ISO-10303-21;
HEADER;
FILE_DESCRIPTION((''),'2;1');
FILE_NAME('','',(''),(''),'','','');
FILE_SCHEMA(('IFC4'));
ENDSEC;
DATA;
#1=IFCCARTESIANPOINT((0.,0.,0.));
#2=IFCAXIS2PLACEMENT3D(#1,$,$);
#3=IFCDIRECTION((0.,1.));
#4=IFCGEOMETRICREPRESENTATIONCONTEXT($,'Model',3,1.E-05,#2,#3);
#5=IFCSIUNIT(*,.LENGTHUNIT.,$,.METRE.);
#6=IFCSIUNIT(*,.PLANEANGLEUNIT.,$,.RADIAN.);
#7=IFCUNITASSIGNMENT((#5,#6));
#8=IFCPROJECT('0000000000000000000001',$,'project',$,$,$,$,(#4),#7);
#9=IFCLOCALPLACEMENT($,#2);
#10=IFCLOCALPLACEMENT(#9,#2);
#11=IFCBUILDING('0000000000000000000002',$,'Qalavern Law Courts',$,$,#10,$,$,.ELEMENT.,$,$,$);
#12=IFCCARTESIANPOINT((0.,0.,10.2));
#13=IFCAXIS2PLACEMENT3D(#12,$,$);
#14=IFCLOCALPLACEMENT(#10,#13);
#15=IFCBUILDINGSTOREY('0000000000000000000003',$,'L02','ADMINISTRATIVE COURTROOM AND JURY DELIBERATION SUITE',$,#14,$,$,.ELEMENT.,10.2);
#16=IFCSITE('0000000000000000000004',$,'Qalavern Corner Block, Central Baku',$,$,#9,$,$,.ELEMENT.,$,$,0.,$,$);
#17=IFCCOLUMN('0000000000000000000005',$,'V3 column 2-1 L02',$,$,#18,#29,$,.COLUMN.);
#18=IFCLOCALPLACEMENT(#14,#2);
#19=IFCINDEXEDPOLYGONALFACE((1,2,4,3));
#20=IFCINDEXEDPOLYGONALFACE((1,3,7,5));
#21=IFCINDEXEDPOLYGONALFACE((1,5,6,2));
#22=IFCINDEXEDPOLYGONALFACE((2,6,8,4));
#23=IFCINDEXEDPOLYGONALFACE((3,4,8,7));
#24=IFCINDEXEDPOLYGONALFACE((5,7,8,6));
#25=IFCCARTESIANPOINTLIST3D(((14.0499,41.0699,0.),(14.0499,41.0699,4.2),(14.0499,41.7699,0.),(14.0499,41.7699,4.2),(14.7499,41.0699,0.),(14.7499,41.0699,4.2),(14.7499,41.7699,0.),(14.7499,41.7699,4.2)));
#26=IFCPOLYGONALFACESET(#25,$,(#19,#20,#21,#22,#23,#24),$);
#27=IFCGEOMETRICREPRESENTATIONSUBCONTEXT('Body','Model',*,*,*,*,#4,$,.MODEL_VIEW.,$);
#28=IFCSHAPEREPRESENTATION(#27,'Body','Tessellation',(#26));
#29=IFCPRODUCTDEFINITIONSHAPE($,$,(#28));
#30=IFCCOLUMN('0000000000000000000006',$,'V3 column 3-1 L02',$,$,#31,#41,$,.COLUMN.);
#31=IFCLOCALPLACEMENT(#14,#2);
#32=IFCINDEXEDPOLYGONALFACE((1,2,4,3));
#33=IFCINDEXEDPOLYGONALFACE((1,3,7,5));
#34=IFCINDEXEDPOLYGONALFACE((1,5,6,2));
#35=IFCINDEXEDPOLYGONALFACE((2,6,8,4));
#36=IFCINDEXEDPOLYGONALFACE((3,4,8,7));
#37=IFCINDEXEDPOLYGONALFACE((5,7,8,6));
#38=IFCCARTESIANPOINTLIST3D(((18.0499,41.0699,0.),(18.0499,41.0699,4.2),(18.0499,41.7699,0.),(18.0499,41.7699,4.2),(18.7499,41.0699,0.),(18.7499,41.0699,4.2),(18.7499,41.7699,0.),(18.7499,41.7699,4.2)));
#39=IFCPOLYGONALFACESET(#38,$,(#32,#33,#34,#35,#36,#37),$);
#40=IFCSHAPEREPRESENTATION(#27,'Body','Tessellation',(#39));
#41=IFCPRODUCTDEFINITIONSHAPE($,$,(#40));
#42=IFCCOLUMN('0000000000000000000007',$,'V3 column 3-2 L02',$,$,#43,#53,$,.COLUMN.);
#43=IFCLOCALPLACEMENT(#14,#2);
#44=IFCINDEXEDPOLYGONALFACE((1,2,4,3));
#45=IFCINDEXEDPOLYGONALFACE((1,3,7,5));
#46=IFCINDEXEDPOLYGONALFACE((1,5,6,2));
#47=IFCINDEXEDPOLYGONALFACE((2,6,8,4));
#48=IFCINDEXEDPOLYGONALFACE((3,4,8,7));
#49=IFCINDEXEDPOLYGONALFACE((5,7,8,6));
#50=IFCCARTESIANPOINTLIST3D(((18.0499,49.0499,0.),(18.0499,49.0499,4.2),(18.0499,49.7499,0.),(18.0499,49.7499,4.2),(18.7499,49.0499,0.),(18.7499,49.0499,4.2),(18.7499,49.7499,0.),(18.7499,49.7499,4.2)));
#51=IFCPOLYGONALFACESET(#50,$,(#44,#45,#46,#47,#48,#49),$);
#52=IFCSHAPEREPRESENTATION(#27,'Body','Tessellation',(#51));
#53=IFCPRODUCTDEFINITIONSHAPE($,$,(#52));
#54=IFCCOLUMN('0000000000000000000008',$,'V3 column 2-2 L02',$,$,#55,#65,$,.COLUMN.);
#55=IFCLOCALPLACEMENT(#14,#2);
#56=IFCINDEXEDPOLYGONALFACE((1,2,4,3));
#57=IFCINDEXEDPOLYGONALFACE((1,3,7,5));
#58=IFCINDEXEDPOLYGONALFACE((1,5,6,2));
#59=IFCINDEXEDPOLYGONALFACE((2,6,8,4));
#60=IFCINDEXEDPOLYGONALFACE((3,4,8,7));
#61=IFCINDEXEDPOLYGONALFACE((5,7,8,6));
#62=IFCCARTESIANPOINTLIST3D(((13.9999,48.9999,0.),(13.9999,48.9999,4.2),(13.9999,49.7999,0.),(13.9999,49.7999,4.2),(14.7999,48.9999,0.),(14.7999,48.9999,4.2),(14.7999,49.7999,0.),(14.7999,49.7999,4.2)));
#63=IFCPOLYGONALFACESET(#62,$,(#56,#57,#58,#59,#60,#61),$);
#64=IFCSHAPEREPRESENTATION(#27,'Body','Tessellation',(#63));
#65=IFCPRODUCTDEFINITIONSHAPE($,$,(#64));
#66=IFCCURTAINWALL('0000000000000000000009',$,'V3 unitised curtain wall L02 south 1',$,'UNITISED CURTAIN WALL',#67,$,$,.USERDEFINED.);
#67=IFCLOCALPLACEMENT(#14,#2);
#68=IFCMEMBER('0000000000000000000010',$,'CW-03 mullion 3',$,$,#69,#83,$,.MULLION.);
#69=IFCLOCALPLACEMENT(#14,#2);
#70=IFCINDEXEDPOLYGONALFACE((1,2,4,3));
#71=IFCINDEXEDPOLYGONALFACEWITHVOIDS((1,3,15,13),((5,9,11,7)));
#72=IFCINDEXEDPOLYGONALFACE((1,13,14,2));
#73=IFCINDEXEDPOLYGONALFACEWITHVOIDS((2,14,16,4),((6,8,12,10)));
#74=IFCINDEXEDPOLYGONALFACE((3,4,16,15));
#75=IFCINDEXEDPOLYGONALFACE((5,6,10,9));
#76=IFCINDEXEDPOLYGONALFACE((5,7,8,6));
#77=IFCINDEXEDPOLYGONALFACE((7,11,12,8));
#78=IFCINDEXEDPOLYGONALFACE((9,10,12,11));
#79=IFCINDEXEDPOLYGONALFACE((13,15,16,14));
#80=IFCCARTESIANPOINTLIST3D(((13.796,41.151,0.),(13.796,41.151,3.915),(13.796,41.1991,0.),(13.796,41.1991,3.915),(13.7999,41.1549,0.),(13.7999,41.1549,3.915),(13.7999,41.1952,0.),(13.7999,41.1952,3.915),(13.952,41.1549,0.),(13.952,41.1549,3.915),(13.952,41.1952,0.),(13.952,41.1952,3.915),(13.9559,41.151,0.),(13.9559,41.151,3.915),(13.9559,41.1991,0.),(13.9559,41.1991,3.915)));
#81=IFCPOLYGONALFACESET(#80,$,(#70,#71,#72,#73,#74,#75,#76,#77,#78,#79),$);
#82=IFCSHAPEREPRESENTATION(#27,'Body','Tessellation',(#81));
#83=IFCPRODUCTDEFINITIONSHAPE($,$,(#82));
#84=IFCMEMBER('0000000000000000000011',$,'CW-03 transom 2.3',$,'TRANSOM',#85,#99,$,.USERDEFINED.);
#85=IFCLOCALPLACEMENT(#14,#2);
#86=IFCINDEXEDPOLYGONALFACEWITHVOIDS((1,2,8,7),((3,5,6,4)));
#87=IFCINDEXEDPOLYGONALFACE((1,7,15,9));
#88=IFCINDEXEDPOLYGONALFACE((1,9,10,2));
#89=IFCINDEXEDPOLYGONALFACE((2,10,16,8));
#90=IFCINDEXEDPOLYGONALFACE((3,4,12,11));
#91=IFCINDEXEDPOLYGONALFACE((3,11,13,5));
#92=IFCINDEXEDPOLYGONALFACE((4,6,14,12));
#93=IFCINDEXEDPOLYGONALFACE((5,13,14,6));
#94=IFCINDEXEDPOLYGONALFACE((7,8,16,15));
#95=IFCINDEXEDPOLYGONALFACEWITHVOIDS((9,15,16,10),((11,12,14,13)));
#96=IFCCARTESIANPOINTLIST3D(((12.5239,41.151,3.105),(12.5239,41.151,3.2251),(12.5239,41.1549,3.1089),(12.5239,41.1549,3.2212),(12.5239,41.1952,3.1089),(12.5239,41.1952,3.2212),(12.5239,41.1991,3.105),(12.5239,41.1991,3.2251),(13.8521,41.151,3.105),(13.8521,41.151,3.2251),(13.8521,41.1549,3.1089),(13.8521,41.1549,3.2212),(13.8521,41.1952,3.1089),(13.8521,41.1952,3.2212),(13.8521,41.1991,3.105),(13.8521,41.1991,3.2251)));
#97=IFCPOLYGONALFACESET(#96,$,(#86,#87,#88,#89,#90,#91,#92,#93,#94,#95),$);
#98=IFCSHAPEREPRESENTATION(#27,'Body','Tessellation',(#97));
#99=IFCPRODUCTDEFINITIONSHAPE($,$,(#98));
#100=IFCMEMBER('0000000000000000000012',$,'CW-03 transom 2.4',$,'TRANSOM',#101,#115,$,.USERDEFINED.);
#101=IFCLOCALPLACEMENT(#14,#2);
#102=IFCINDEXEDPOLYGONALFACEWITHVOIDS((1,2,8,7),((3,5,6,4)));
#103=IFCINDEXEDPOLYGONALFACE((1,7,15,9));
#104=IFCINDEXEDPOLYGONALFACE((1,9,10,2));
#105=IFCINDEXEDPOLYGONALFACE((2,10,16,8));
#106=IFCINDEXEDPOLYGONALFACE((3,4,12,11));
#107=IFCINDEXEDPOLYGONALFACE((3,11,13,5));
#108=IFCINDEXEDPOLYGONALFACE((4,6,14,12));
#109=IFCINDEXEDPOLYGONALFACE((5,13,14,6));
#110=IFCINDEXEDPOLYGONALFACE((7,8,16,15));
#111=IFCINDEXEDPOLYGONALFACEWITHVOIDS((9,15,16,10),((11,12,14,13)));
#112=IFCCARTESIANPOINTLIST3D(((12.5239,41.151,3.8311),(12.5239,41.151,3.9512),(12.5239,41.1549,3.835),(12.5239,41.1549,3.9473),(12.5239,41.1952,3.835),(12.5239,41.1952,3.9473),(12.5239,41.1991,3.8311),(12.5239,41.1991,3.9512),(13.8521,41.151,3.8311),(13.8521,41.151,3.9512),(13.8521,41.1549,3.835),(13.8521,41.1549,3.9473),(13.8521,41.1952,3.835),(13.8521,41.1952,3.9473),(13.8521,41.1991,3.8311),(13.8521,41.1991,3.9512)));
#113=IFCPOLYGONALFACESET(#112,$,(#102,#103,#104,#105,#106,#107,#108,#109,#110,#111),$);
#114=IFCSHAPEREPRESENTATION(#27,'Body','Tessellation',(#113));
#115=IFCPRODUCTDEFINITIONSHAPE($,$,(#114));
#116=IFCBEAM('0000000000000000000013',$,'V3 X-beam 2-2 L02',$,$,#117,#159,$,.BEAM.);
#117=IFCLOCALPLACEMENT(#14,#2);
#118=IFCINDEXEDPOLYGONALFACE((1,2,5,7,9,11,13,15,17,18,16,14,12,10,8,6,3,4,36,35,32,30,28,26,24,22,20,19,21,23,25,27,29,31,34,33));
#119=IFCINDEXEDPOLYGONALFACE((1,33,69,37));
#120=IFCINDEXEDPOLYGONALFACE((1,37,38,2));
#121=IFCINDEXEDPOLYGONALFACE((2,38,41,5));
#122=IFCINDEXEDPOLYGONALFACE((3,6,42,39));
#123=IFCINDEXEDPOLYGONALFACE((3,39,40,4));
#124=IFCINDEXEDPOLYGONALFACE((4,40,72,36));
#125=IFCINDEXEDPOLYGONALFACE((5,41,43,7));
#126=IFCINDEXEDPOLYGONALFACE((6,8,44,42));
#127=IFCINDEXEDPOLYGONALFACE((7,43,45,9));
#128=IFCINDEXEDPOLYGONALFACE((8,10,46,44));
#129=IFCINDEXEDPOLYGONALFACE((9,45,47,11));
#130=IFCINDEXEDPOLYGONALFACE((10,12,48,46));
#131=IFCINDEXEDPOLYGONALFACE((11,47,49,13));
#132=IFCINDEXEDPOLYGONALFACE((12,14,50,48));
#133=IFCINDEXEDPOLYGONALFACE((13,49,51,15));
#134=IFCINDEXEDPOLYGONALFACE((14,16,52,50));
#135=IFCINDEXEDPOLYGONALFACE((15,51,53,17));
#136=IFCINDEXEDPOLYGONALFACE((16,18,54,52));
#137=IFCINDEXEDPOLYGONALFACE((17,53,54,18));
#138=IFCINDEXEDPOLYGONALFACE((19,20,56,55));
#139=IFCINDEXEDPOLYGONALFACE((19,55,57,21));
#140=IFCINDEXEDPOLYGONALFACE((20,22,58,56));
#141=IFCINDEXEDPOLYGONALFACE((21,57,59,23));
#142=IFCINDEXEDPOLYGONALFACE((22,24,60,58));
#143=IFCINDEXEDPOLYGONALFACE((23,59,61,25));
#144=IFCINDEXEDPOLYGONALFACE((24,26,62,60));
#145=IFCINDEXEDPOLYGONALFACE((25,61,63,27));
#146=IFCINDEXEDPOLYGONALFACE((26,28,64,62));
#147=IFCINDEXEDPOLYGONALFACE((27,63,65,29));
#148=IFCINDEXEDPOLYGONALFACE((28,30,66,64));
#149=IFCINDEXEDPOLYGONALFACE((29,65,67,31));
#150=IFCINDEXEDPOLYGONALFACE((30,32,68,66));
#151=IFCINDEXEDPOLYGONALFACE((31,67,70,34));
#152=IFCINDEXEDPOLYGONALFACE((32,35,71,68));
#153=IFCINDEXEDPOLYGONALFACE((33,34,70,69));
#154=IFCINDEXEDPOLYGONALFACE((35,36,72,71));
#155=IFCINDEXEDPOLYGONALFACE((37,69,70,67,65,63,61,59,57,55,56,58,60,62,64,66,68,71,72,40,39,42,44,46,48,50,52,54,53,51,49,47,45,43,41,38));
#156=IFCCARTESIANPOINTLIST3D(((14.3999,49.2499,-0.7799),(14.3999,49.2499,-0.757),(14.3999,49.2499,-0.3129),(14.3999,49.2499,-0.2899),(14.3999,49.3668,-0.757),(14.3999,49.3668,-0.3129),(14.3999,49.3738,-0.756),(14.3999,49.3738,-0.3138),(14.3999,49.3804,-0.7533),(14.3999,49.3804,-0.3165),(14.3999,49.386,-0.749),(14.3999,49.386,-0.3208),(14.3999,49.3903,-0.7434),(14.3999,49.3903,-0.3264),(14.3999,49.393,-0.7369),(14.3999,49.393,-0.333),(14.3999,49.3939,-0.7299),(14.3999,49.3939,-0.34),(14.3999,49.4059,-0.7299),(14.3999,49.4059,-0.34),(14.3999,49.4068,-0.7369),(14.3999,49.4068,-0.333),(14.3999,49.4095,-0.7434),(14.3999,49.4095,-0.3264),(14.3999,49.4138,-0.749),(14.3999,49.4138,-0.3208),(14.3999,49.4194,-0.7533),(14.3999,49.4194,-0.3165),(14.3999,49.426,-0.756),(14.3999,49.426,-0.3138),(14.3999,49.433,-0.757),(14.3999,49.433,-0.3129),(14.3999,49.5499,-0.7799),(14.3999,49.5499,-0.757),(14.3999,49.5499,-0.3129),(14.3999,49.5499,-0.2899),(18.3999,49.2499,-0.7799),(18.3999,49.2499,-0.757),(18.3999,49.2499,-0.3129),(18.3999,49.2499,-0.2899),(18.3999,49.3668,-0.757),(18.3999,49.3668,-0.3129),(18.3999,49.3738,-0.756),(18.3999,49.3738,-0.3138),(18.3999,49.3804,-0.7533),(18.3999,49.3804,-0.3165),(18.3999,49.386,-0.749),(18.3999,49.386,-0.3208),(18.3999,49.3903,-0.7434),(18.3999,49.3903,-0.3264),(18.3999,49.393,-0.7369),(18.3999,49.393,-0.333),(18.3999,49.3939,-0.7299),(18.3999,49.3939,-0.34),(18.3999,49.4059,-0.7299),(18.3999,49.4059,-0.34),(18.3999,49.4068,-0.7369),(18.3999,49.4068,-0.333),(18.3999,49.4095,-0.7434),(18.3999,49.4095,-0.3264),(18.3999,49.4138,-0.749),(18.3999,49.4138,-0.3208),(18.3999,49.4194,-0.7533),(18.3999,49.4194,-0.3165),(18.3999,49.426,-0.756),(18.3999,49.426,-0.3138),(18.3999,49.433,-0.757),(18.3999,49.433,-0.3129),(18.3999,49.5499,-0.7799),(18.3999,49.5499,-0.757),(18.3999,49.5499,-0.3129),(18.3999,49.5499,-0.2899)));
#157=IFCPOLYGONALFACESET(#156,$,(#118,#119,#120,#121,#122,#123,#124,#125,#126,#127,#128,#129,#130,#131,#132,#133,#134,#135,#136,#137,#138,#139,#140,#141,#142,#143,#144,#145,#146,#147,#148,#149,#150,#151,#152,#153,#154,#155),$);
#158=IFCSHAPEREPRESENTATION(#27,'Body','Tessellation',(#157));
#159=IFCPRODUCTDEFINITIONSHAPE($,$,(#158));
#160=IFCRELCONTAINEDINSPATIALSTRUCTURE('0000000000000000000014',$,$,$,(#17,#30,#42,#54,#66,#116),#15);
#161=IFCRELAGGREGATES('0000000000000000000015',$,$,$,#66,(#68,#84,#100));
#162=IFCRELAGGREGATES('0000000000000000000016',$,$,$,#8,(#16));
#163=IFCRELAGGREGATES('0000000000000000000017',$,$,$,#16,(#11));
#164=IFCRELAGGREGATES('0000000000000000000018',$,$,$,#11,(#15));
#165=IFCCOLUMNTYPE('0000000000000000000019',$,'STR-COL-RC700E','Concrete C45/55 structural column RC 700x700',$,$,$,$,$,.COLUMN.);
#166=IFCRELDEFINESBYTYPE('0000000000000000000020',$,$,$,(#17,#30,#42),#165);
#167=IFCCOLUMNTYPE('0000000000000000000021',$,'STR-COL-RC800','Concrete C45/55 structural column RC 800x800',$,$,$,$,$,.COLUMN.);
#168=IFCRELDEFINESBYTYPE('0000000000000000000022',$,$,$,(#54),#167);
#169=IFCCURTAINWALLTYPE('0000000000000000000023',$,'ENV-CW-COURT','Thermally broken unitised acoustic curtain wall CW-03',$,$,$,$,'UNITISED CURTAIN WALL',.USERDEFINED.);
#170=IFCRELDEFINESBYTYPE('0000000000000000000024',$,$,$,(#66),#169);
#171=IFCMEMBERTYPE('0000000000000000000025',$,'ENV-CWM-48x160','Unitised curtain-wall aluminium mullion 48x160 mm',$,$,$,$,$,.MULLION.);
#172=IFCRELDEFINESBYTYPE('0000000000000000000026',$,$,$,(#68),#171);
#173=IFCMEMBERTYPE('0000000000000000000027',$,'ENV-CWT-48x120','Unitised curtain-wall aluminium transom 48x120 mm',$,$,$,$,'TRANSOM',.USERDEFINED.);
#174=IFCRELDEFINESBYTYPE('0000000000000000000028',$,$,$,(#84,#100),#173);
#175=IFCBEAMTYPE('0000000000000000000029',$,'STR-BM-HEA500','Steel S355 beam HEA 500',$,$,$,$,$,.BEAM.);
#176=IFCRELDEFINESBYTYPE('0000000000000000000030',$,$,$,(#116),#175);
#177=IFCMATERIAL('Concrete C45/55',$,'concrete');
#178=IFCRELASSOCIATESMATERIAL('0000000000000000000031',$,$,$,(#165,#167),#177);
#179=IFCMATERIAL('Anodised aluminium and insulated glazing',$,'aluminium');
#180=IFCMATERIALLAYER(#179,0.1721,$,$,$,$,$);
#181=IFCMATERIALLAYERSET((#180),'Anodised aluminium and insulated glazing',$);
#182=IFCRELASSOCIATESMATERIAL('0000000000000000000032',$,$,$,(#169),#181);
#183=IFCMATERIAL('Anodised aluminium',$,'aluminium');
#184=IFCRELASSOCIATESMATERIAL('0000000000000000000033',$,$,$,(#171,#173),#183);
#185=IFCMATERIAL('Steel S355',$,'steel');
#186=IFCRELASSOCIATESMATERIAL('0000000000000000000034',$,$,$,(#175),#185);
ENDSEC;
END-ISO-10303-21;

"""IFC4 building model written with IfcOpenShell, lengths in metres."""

from ifc_helpers import new_model, si_unit, direction, frame, origin, origin_2d, place, context, subcontext, project, spatial, rectangle, hollow_rectangle, i_section, extrude, material, layer, layer_set, material_profile, profile_set, type_object, element, aggregate, save


model = new_model("IFC4")

# Units and contexts
model_context = context("Model", 3, precision=1e-05, world=origin(), true_north=direction((0.0, 1.0)))
body_context = subcontext(model_context, "Body", "Model", "MODEL_VIEW")
ifc_project = project(units=[si_unit("LENGTHUNIT", "METRE"), si_unit("PLANEANGLEUNIT", "RADIAN")], contexts=[model_context])

# Site, building, storey
site_placement = place(None, origin())
site = spatial("IfcSite", under=ifc_project, at=site_placement, Name="Qalavern Corner Block, Central Baku", CompositionType="ELEMENT", RefElevation=0.0)
building_placement = place(site_placement, origin())
building = spatial("IfcBuilding", under=site, at=building_placement, Name="Qalavern Law Courts", CompositionType="ELEMENT")
storey_placement = place(building_placement, frame((0.0, 0.0, 10.2)))
storey = spatial("IfcBuildingStorey", under=building, at=storey_placement, Name="L02", Description="ADMINISTRATIVE COURTROOM AND JURY DELIBERATION SUITE", CompositionType="ELEMENT", Elevation=10.2)

# Columns
ifc_material_1 = material(Name="Concrete C45/55", Category="concrete")
ifc_material_profile_1 = material_profile(ifc_material_1, rectangle(XDim=0.7, YDim=0.7, at=origin_2d()), Name="RC 700x700")
ifc_profile_set_1 = profile_set([ifc_material_profile_1], Name="Concrete C45/55")
column_type_1 = type_object("IfcColumnType", Name="STR-COL-RC700E", Description="Concrete C45/55 structural column RC 700x700", PredefinedType="COLUMN", material=ifc_profile_set_1)
for number, where, z_axis, x_axis, name in (
    (1, (14.3999, 41.4199, 0.0), (0.0, 0.0, 1.0), (1.0, 0.0, 0.0), "V3 column 2-1 L02"),
    (2, (18.3999, 41.4199, 0.0), (0.0, 0.0, 1.0), (1.0, 0.0, 0.0), "V3 column 3-1 L02"),
    (3, (18.3999, 49.3999, 0.0), (0.0, 0.0, 1.0), (1.0, 0.0, 0.0), "V3 column 3-2 L02"),
):
    element("IfcColumn", number, at=place(storey_placement, frame(where, z_axis=z_axis, x_axis=x_axis)), inside=storey, type_object=column_type_1, Name=name, PredefinedType="COLUMN", context=body_context, shape_type="SweptSolid", body=[
        extrude(rectangle(XDim=0.7, YDim=0.7, at=origin_2d()), origin(), (0.0, 0.0, 1.0), 4.2),
    ])
ifc_material_profile_2 = material_profile(ifc_material_1, rectangle(XDim=0.8, YDim=0.8, at=origin_2d()), Name="RC 800x800")
ifc_profile_set_2 = profile_set([ifc_material_profile_2], Name="Concrete C45/55")
column_type_2 = type_object("IfcColumnType", Name="STR-COL-RC800", Description="Concrete C45/55 structural column RC 800x800", PredefinedType="COLUMN", material=ifc_profile_set_2)
column_placement = place(storey_placement, frame((14.3999, 49.3999, 0.0), z_axis=(0.0, 0.0, 1.0), x_axis=(1.0, 0.0, 0.0)))
element("IfcColumn", 4, at=column_placement, inside=storey, type_object=column_type_2, Name="V3 column 2-2 L02", PredefinedType="COLUMN", context=body_context, shape_type="SweptSolid", body=[
    extrude(rectangle(XDim=0.8, YDim=0.8, at=origin_2d()), origin(), (0.0, 0.0, 1.0), 4.2),
])

# Curtain wall, members
ifc_material_2 = material(Name="Anodised aluminium and insulated glazing", Category="aluminium")
ifc_layer_1 = layer(ifc_material_2, 0.1721)
ifc_layer_set_1 = layer_set([ifc_layer_1], Name="Anodised aluminium and insulated glazing")
curtain_wall_type = type_object("IfcCurtainWallType", Name="ENV-CW-COURT", Description="Thermally broken unitised acoustic curtain wall CW-03", ElementType="UNITISED CURTAIN WALL", PredefinedType="USERDEFINED", material=ifc_layer_set_1)
curtain_wall_placement = place(storey_placement, origin())
curtain_wall = element("IfcCurtainWall", 5, at=curtain_wall_placement, inside=storey, type_object=curtain_wall_type, Name="V3 unitised curtain wall L02 south 1", ObjectType="UNITISED CURTAIN WALL", PredefinedType="USERDEFINED")
ifc_material_3 = material(Name="Anodised aluminium", Category="aluminium")
ifc_material_profile_3 = material_profile(ifc_material_3, hollow_rectangle(XDim=0.0481, YDim=0.1599, WallThickness=0.0039, at=origin_2d()), Name="ALU MULLION 48x160")
ifc_profile_set_3 = profile_set([ifc_material_profile_3], Name="Anodised aluminium")
member_type_1 = type_object("IfcMemberType", Name="ENV-CWM-48x160", Description="Unitised curtain-wall aluminium mullion 48x160 mm", PredefinedType="MULLION", material=ifc_profile_set_3)
member_1_placement = place(storey_placement, frame((13.876, 41.175, 0.0), z_axis=(0.0, 0.0, 1.0), x_axis=(0.0, 1.0, 0.0)))
member_1 = element("IfcMember", 6, at=member_1_placement, type_object=member_type_1, Name="CW-03 mullion 3", PredefinedType="MULLION", context=body_context, shape_type="SweptSolid", body=[
    extrude(hollow_rectangle(XDim=0.0481, YDim=0.1599, WallThickness=0.0039, at=origin_2d()), origin(), (0.0, 0.0, 1.0), 3.915),
])
ifc_material_profile_4 = material_profile(ifc_material_3, hollow_rectangle(XDim=0.0481, YDim=0.1201, WallThickness=0.0039, at=origin_2d()), Name="ALU TRANSOM 48x120")
ifc_profile_set_4 = profile_set([ifc_material_profile_4], Name="Anodised aluminium")
member_type_2 = type_object("IfcMemberType", Name="ENV-CWT-48x120", Description="Unitised curtain-wall aluminium transom 48x120 mm", ElementType="TRANSOM", PredefinedType="USERDEFINED", material=ifc_profile_set_4)
member_2_placement = place(storey_placement, frame((12.5239, 41.175, 3.165), z_axis=(1.0, 0.0, 0.0), x_axis=(0.0, 1.0, 0.0)))
member_2 = element("IfcMember", 7, at=member_2_placement, type_object=member_type_2, Name="CW-03 transom 2.3", ObjectType="TRANSOM", PredefinedType="USERDEFINED", context=body_context, shape_type="SweptSolid", body=[
    extrude(hollow_rectangle(XDim=0.0481, YDim=0.1201, WallThickness=0.0039, at=origin_2d()), origin(), (0.0, 0.0, 1.0), 1.3281),
])
member_3_placement = place(storey_placement, frame((12.5239, 41.175, 3.8911), z_axis=(1.0, 0.0, 0.0), x_axis=(0.0, 1.0, 0.0)))
member_3 = element("IfcMember", 8, at=member_3_placement, type_object=member_type_2, Name="CW-03 transom 2.4", ObjectType="TRANSOM", PredefinedType="USERDEFINED", context=body_context, shape_type="SweptSolid", body=[
    extrude(hollow_rectangle(XDim=0.0481, YDim=0.1201, WallThickness=0.0039, at=origin_2d()), origin(), (0.0, 0.0, 1.0), 1.3281),
])

# Beam
ifc_material_4 = material(Name="Steel S355", Category="steel")
ifc_material_profile_5 = material_profile(ifc_material_4, i_section(OverallWidth=0.3, OverallDepth=0.49, WebThickness=0.012, FlangeThickness=0.0229, FilletRadius=0.0271, at=origin_2d()), Name="HEA 500")
ifc_profile_set_5 = profile_set([ifc_material_profile_5], Name="Steel S355")
beam_type_1 = type_object("IfcBeamType", Name="STR-BM-HEA500", Description="Steel S355 beam HEA 500", PredefinedType="BEAM", material=ifc_profile_set_5)
beam_1_placement = place(storey_placement, frame((14.3999, 49.3999, -0.5349), z_axis=(1.0, 0.0, 0.0), x_axis=(0.0, 1.0, 0.0)))
element("IfcBeam", 9, at=beam_1_placement, inside=storey, type_object=beam_type_1, Name="V3 X-beam 2-2 L02", PredefinedType="BEAM", context=body_context, shape_type="SweptSolid", body=[
    extrude(i_section(OverallWidth=0.3, OverallDepth=0.49, WebThickness=0.012, FlangeThickness=0.0229, FilletRadius=0.0271, at=origin_2d()), origin(), (0.0, 0.0, 1.0), 4.0),
])

aggregate(curtain_wall, [member_1, member_2, member_3])

save(model, "model.ifc")
